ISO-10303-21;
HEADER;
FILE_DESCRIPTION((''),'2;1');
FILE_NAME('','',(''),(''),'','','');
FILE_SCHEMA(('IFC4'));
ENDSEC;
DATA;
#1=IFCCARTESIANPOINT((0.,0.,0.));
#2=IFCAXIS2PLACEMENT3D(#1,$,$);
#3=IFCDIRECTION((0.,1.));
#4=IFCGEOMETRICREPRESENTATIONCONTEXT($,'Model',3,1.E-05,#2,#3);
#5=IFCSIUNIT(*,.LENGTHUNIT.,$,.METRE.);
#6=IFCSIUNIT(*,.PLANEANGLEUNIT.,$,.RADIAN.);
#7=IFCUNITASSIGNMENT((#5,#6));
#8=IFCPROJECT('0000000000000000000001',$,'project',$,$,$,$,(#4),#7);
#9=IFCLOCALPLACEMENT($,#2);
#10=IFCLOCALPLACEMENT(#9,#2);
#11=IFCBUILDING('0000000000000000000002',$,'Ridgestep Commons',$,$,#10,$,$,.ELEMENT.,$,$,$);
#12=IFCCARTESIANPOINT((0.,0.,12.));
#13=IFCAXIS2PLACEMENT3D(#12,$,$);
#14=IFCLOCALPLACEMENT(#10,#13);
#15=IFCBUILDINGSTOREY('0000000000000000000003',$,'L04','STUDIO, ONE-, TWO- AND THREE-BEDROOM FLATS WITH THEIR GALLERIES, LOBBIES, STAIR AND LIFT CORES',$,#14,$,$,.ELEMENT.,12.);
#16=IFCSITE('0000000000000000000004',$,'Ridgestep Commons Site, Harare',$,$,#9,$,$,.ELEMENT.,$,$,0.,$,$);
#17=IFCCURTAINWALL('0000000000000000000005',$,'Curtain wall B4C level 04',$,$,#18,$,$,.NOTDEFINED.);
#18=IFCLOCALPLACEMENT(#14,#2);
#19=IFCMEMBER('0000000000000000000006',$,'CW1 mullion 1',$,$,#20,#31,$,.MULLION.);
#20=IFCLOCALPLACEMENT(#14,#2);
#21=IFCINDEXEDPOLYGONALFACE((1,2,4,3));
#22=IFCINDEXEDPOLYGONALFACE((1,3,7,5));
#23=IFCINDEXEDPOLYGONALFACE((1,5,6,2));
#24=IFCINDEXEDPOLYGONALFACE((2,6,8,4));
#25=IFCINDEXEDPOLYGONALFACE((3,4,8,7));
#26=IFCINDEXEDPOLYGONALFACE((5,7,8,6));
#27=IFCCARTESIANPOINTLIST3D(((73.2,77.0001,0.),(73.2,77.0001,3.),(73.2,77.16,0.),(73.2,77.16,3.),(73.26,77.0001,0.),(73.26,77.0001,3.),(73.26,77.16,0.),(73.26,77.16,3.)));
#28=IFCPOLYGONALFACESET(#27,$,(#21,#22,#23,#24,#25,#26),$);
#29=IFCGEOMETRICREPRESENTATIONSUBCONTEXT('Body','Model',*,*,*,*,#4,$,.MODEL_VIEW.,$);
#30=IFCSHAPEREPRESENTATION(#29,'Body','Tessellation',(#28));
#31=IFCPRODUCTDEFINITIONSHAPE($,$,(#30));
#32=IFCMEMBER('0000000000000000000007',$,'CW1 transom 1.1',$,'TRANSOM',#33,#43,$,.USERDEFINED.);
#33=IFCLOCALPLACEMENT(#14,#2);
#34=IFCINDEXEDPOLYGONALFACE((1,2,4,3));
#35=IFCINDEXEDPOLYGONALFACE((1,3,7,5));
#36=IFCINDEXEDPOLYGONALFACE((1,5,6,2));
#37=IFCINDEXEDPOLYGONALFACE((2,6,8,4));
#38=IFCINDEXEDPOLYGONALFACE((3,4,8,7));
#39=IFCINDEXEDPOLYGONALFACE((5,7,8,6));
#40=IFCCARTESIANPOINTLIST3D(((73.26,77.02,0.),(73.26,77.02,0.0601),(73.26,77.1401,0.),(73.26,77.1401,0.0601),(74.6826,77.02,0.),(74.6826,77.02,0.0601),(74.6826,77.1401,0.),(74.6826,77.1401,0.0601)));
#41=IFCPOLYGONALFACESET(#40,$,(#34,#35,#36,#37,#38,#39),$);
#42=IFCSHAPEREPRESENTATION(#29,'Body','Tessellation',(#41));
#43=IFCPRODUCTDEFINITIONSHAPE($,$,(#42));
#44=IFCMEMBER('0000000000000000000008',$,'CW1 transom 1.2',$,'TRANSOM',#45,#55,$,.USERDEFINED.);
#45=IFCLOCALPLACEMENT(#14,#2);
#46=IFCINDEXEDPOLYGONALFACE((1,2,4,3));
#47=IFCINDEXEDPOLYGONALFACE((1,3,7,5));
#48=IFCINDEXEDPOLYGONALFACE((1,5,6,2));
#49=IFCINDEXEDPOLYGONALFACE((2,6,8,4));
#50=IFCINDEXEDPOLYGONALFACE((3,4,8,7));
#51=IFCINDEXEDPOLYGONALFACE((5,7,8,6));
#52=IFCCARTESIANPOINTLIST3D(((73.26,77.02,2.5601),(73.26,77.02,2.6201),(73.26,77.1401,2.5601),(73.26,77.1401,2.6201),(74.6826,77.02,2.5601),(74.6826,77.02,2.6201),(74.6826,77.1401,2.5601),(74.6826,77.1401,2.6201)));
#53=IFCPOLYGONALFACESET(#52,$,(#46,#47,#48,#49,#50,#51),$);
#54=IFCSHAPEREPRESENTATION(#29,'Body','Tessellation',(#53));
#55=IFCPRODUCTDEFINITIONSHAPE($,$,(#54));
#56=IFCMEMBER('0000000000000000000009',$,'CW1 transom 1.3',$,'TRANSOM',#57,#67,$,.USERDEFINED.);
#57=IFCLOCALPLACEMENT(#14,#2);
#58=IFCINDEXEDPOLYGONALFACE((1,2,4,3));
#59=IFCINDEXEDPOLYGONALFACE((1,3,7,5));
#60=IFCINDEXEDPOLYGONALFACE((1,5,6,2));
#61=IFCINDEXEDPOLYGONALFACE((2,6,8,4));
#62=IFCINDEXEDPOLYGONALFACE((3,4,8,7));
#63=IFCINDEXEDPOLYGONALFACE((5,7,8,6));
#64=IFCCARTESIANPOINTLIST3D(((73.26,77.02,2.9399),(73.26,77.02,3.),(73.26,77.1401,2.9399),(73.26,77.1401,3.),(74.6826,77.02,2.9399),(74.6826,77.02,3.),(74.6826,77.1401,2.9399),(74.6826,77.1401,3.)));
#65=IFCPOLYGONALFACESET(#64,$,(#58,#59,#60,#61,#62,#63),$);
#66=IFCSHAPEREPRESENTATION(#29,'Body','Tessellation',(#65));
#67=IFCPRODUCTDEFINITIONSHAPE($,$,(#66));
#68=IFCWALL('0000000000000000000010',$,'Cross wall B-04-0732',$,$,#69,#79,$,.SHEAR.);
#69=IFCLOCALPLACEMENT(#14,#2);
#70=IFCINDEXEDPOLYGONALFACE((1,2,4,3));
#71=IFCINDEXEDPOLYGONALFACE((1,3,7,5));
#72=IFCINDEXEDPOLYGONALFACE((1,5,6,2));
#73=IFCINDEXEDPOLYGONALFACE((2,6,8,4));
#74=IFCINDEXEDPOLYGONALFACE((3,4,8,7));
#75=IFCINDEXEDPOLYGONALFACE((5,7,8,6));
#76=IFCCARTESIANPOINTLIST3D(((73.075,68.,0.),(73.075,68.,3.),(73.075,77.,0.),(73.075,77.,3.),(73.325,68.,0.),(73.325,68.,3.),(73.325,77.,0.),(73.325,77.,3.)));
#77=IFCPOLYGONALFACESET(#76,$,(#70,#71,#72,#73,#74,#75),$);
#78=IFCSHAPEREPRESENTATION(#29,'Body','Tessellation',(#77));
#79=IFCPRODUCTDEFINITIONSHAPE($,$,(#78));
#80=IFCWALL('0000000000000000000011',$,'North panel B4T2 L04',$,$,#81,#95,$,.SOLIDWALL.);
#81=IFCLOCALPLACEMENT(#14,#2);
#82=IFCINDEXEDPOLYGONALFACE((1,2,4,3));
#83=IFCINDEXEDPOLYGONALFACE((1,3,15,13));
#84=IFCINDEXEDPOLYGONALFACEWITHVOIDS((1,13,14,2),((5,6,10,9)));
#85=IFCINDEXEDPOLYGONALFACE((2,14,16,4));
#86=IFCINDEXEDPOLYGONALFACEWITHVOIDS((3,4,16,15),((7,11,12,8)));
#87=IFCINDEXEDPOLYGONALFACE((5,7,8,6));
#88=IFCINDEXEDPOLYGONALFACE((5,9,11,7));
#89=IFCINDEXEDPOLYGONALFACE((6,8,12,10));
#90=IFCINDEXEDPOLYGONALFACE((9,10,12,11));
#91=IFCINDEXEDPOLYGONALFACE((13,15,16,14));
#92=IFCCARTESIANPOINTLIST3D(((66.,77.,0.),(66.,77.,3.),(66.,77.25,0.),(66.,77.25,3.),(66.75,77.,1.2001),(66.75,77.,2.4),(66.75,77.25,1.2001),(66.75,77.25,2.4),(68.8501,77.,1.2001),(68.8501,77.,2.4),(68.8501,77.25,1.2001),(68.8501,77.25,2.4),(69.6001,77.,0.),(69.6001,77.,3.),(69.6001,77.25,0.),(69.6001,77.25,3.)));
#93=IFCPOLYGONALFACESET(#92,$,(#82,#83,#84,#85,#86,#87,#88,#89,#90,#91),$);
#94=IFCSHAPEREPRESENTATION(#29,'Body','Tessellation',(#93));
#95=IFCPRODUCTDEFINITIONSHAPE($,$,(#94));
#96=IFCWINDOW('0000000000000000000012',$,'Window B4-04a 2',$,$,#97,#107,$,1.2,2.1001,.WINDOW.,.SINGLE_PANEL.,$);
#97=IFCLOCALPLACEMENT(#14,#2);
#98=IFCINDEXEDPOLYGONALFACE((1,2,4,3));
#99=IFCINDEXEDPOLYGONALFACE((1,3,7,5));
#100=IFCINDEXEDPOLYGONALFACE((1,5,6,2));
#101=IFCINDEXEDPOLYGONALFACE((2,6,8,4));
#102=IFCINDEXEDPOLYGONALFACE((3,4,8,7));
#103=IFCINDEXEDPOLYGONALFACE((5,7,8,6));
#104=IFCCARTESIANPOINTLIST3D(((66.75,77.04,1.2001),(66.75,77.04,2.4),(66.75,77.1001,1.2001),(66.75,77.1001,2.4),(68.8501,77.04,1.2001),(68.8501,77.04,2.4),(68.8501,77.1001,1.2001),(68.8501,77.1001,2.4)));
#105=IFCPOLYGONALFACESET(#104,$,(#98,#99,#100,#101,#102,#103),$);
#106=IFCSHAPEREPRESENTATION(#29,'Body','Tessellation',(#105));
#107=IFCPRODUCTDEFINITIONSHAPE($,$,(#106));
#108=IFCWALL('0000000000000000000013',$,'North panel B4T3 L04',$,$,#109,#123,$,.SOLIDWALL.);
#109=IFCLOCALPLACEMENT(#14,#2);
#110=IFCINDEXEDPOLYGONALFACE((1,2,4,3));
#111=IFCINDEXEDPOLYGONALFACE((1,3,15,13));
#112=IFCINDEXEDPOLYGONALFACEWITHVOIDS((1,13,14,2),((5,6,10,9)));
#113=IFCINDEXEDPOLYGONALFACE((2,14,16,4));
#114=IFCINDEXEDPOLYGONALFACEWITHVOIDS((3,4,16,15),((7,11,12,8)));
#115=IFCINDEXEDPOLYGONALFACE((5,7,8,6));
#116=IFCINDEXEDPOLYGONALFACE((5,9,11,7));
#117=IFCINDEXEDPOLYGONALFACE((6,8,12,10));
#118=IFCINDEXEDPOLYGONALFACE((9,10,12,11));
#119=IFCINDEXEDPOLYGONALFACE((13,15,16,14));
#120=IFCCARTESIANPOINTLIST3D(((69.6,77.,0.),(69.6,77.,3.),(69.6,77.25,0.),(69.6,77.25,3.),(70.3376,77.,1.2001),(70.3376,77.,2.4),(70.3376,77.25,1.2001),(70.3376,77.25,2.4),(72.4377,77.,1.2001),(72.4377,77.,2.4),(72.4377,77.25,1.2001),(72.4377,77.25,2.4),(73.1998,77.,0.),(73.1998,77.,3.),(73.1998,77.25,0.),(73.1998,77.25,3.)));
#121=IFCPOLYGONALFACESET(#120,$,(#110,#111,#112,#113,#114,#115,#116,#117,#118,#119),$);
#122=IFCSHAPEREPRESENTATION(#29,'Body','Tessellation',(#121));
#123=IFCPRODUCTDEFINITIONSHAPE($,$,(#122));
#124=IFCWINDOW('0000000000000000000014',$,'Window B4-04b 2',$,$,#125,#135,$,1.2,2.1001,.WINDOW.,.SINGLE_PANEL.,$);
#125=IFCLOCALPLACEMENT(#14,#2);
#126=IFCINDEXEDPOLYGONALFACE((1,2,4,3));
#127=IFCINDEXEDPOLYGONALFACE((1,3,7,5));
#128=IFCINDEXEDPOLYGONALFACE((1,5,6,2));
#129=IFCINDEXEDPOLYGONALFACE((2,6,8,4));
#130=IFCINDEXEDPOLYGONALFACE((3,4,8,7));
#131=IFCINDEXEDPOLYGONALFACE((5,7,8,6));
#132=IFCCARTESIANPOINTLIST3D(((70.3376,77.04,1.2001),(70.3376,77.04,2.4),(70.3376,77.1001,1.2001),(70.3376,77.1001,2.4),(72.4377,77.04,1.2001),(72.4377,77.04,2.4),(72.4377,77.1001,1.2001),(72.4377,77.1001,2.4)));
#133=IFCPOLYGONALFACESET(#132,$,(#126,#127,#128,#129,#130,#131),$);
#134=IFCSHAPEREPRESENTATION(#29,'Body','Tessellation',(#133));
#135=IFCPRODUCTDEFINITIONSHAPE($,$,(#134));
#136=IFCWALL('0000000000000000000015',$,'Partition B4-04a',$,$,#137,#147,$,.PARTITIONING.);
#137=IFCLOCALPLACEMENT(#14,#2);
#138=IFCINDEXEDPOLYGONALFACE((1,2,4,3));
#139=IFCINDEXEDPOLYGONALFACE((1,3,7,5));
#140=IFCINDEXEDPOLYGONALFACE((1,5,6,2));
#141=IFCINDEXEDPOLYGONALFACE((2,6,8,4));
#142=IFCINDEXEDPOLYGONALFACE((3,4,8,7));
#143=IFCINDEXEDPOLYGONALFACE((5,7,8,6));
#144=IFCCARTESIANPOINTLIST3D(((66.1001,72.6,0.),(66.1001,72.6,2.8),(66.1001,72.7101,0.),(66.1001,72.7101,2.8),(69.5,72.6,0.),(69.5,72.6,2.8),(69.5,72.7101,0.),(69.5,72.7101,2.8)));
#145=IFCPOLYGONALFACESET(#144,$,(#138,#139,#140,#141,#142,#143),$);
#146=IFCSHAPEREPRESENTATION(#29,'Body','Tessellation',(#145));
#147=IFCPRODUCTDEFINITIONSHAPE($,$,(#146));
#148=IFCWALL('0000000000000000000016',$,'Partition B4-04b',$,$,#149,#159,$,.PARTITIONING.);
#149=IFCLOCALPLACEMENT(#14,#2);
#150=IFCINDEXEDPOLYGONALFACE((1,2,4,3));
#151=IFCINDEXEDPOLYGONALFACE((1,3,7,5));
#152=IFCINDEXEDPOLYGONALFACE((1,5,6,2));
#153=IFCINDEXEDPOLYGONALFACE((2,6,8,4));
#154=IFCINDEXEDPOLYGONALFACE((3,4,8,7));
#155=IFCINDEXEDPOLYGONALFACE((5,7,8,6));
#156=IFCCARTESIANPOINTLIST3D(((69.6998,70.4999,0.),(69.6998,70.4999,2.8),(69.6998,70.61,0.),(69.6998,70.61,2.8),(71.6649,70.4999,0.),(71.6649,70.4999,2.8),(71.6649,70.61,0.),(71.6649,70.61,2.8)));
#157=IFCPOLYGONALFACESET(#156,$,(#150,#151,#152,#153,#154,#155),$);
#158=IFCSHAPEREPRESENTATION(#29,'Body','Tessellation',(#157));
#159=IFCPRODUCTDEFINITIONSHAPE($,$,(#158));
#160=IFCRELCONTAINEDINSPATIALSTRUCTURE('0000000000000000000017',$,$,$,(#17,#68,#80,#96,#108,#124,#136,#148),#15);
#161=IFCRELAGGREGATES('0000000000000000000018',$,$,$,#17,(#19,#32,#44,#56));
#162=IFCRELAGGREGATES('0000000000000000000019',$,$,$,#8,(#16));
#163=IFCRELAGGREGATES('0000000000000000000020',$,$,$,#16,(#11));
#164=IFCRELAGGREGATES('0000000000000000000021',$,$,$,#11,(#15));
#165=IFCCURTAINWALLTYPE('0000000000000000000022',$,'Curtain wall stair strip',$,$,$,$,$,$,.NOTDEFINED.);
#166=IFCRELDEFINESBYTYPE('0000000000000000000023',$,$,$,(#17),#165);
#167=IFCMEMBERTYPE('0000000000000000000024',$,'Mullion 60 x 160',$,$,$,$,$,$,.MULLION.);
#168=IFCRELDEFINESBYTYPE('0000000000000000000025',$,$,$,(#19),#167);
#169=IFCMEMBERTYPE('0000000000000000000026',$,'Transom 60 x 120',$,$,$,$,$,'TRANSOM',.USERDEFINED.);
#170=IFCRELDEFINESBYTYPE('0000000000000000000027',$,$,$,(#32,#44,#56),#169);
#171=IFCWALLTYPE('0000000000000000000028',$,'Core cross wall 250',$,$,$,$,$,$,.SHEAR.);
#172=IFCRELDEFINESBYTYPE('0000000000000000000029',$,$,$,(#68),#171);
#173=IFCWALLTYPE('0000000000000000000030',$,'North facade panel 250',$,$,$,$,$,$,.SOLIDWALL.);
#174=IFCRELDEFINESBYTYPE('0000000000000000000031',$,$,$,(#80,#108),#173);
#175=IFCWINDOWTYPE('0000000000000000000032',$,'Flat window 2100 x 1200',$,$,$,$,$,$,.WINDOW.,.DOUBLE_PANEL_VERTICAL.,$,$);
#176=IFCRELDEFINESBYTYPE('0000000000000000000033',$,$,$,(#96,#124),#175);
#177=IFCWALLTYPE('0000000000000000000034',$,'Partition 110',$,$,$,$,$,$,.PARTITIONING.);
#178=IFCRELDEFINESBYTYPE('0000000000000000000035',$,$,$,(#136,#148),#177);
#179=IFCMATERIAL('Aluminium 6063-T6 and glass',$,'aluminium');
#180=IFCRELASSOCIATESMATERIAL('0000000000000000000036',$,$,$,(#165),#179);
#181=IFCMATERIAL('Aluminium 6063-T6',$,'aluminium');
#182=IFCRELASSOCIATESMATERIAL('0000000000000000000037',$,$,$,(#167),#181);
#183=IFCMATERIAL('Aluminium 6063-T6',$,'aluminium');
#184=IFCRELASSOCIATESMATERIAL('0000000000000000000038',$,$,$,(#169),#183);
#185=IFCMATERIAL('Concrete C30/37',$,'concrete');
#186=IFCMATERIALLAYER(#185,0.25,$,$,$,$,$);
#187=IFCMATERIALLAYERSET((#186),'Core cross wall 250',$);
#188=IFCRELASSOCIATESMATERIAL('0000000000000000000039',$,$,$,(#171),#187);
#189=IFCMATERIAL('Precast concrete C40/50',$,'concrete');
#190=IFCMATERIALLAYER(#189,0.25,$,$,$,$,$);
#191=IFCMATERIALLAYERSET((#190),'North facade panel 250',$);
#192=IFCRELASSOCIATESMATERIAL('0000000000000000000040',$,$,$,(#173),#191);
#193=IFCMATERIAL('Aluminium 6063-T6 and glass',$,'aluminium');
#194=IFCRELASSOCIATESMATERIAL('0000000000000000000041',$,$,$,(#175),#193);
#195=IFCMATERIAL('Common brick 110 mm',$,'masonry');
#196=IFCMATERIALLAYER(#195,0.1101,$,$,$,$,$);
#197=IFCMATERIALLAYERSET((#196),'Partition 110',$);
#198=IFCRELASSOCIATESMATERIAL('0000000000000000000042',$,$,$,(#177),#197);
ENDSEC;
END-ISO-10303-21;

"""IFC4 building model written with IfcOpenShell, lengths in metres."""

from ifc_helpers import new_model, si_unit, direction, frame, frame_2d, origin, origin_2d, place, context, subcontext, project, spatial, rectangle, extrude, material, layer, layer_set, material_profile, profile_set, type_object, element, fill, aggregate, save


model = new_model("IFC4")

# Units and contexts
model_context = context("Model", 3, precision=1e-05, world=origin(), true_north=direction((0.0, 1.0)))
body_context = subcontext(model_context, "Body", "Model", "MODEL_VIEW")
ifc_project = project(units=[si_unit("LENGTHUNIT", "METRE"), si_unit("PLANEANGLEUNIT", "RADIAN")], contexts=[model_context])

# Site, building, storey
site_placement = place(None, origin())
site = spatial("IfcSite", under=ifc_project, at=site_placement, Name="Ridgestep Commons Site, Harare", CompositionType="ELEMENT", RefElevation=0.0)
building_placement = place(site_placement, origin())
building = spatial("IfcBuilding", under=site, at=building_placement, Name="Ridgestep Commons", CompositionType="ELEMENT")
storey_placement = place(building_placement, frame((0.0, 0.0, 12.0)))
storey = spatial("IfcBuildingStorey", under=building, at=storey_placement, Name="L04", Description="STUDIO, ONE-, TWO- AND THREE-BEDROOM FLATS WITH THEIR GALLERIES, LOBBIES, STAIR AND LIFT CORES", CompositionType="ELEMENT", Elevation=12.0)

# Curtain wall, members
ifc_material_1 = material(Name="Aluminium 6063-T6 and glass", Category="aluminium")
curtain_wall_type = type_object("IfcCurtainWallType", Name="Curtain wall stair strip", PredefinedType="NOTDEFINED", material=ifc_material_1)
curtain_wall_placement = place(storey_placement, origin())
curtain_wall = element("IfcCurtainWall", 1, at=curtain_wall_placement, inside=storey, type_object=curtain_wall_type, Name="Curtain wall B4C level 04", PredefinedType="NOTDEFINED")
ifc_material_2 = material(Name="Aluminium 6063-T6", Category="aluminium")
ifc_material_profile_1 = material_profile(ifc_material_2, rectangle(XDim=0.1599, YDim=0.0601, at=origin_2d()), Name="Mullion 60 x 160")
ifc_profile_set_1 = profile_set([ifc_material_profile_1], Name="Aluminium 6063-T6")
member_type_1 = type_object("IfcMemberType", Name="Mullion 60 x 160", PredefinedType="MULLION", material=ifc_profile_set_1)
member_1_placement = place(storey_placement, frame((73.23, 77.0801, 0.0), z_axis=(0.0, 0.0, 1.0), x_axis=(0.0, 1.0, 0.0)))
member_1 = element("IfcMember", 2, at=member_1_placement, type_object=member_type_1, Name="CW1 mullion 1", PredefinedType="MULLION", context=body_context, shape_type="SweptSolid", body=[
    extrude(rectangle(XDim=0.1599, YDim=0.0601, at=origin_2d()), origin(), (0.0, 0.0, 1.0), 3.0),
])
ifc_material_3 = material(Name="Aluminium 6063-T6", Category="aluminium")
ifc_material_profile_2 = material_profile(ifc_material_3, rectangle(XDim=0.1201, YDim=0.0601, at=origin_2d()), Name="Transom 60 x 120")
ifc_profile_set_2 = profile_set([ifc_material_profile_2], Name="Aluminium 6063-T6")
member_type_2 = type_object("IfcMemberType", Name="Transom 60 x 120", ElementType="TRANSOM", PredefinedType="USERDEFINED", material=ifc_profile_set_2)
member_2_placement = place(storey_placement, frame((73.26, 77.0801, 0.03), z_axis=(1.0, 0.0, 0.0), x_axis=(0.0, 1.0, 0.0)))
member_2 = element("IfcMember", 3, at=member_2_placement, type_object=member_type_2, Name="CW1 transom 1.1", ObjectType="TRANSOM", PredefinedType="USERDEFINED", context=body_context, shape_type="SweptSolid", body=[
    extrude(rectangle(XDim=0.1201, YDim=0.0601, at=origin_2d()), origin(), (0.0, 0.0, 1.0), 1.4226),
])
member_3_placement = place(storey_placement, frame((73.26, 77.0801, 2.5901), z_axis=(1.0, 0.0, 0.0), x_axis=(0.0, 1.0, 0.0)))
member_3 = element("IfcMember", 4, at=member_3_placement, type_object=member_type_2, Name="CW1 transom 1.2", ObjectType="TRANSOM", PredefinedType="USERDEFINED", context=body_context, shape_type="SweptSolid", body=[
    extrude(rectangle(XDim=0.1201, YDim=0.0601, at=origin_2d()), origin(), (0.0, 0.0, 1.0), 1.4226),
])
member_4_placement = place(storey_placement, frame((73.26, 77.0801, 2.97), z_axis=(1.0, 0.0, 0.0), x_axis=(0.0, 1.0, 0.0)))
member_4 = element("IfcMember", 5, at=member_4_placement, type_object=member_type_2, Name="CW1 transom 1.3", ObjectType="TRANSOM", PredefinedType="USERDEFINED", context=body_context, shape_type="SweptSolid", body=[
    extrude(rectangle(XDim=0.1201, YDim=0.0601, at=origin_2d()), origin(), (0.0, 0.0, 1.0), 1.4226),
])
aggregate(curtain_wall, [member_1, member_2, member_3, member_4])

# Wall
ifc_material_4 = material(Name="Concrete C30/37", Category="concrete")
ifc_layer_1 = layer(ifc_material_4, 0.25)
ifc_layer_set_1 = layer_set([ifc_layer_1], Name="Core cross wall 250")
wall_type_1 = type_object("IfcWallType", Name="Core cross wall 250", PredefinedType="SHEAR", material=ifc_layer_set_1)
wall_1_placement = place(storey_placement, frame((73.2, 68.0, 0.0), z_axis=(0.0, 0.0, 1.0), x_axis=(0.0, 1.0, 0.0)))
element("IfcWall", 6, at=wall_1_placement, inside=storey, type_object=wall_type_1, Name="Cross wall B-04-0732", PredefinedType="SHEAR", context=body_context, shape_type="SweptSolid", body=[
    extrude(rectangle(XDim=9.0, YDim=0.25, at=frame_2d((4.5, 0.0))), origin(), (0.0, 0.0, 1.0), 3.0),
])

# Walls, openings, windows
ifc_material_5 = material(Name="Precast concrete C40/50", Category="concrete")
ifc_layer_2 = layer(ifc_material_5, 0.25)
ifc_layer_set_2 = layer_set([ifc_layer_2], Name="North facade panel 250")
wall_type_2 = type_object("IfcWallType", Name="North facade panel 250", PredefinedType="SOLIDWALL", material=ifc_layer_set_2)
wall_2_placement = place(storey_placement, frame((66.0, 77.125, 0.0), z_axis=(0.0, 0.0, 1.0), x_axis=(1.0, 0.0, 0.0)))
wall_2 = element("IfcWall", 7, at=wall_2_placement, inside=storey, type_object=wall_type_2, Name="North panel B4T2 L04", PredefinedType="SOLIDWALL", context=body_context, shape_type="SweptSolid", body=[
    extrude(rectangle(XDim=3.6001, YDim=0.25, at=frame_2d((1.8, 0.0))), origin(), (0.0, 0.0, 1.0), 3.0),
])
opening_1_placement = place(wall_2_placement, frame((0.75, 0.0, 1.2)))
opening_1 = element("IfcOpeningElement", 8, at=opening_1_placement, cuts=wall_2, PredefinedType="OPENING", context=body_context, shape_type="SweptSolid", body=[
    extrude(rectangle(XDim=2.1001, YDim=1.2, at=frame_2d((1.05, 0.6001))), frame((0.0, 0.135, 0.0), z_axis=(0.0, -1.0, 0.0), x_axis=(1.0, 0.0, 0.0)), (0.0, 0.0, 1.0), 0.27),
])
ifc_material_6 = material(Name="Aluminium 6063-T6 and glass", Category="aluminium")
window_type = type_object("IfcWindowType", Name="Flat window 2100 x 1200", PartitioningType="DOUBLE_PANEL_VERTICAL", PredefinedType="WINDOW", material=ifc_material_6)
window_1_placement = place(opening_1_placement, origin())
window_1 = element("IfcWindow", 9, at=window_1_placement, inside=storey, type_object=window_type, Name="Window B4-04a 2", OverallHeight=1.2, OverallWidth=2.1001, PartitioningType="SINGLE_PANEL", PredefinedType="WINDOW", context=body_context, shape_type="SweptSolid", body=[
    extrude(rectangle(XDim=2.1001, YDim=1.2, at=frame_2d((1.05, 0.6001))), frame((0.0, -0.0249, 0.0), z_axis=(0.0, -1.0, 0.0), x_axis=(1.0, 0.0, 0.0)), (0.0, 0.0, 1.0), 0.0601),
])
fill(opening_1, window_1)
wall_3_placement = place(storey_placement, frame((69.6001, 77.125, 0.0), z_axis=(0.0, 0.0, 1.0), x_axis=(1.0, 0.0, 0.0)))
wall_3 = element("IfcWall", 10, at=wall_3_placement, inside=storey, type_object=wall_type_2, Name="North panel B4T3 L04", PredefinedType="SOLIDWALL", context=body_context, shape_type="SweptSolid", body=[
    extrude(rectangle(XDim=3.5999, YDim=0.25, at=frame_2d((1.7998, 0.0))), origin(), (0.0, 0.0, 1.0), 3.0),
])
opening_2_placement = place(wall_3_placement, frame((0.7375, 0.0, 1.2)))
opening_2 = element("IfcOpeningElement", 11, at=opening_2_placement, cuts=wall_3, PredefinedType="OPENING", context=body_context, shape_type="SweptSolid", body=[
    extrude(rectangle(XDim=2.1001, YDim=1.2, at=frame_2d((1.05, 0.6001))), frame((0.0, 0.135, 0.0), z_axis=(0.0, -1.0, 0.0), x_axis=(1.0, 0.0, 0.0)), (0.0, 0.0, 1.0), 0.27),
])
window_2_placement = place(opening_2_placement, origin())
window_2 = element("IfcWindow", 12, at=window_2_placement, inside=storey, type_object=window_type, Name="Window B4-04b 2", OverallHeight=1.2, OverallWidth=2.1001, PartitioningType="SINGLE_PANEL", PredefinedType="WINDOW", context=body_context, shape_type="SweptSolid", body=[
    extrude(rectangle(XDim=2.1001, YDim=1.2, at=frame_2d((1.05, 0.6001))), frame((0.0, -0.0249, 0.0), z_axis=(0.0, -1.0, 0.0), x_axis=(1.0, 0.0, 0.0)), (0.0, 0.0, 1.0), 0.0601),
])
fill(opening_2, window_2)

# Walls
ifc_material_7 = material(Name="Common brick 110 mm", Category="masonry")
ifc_layer_3 = layer(ifc_material_7, 0.1101)
ifc_layer_set_3 = layer_set([ifc_layer_3], Name="Partition 110")
wall_type_3 = type_object("IfcWallType", Name="Partition 110", PredefinedType="PARTITIONING", material=ifc_layer_set_3)
wall_4_placement = place(storey_placement, frame((66.1001, 72.655, 0.0), z_axis=(0.0, 0.0, 1.0), x_axis=(1.0, 0.0, 0.0)))
element("IfcWall", 13, at=wall_4_placement, inside=storey, type_object=wall_type_3, Name="Partition B4-04a", PredefinedType="PARTITIONING", context=body_context, shape_type="SweptSolid", body=[
    extrude(rectangle(XDim=3.3999, YDim=0.1101, at=frame_2d((1.7, 0.0))), origin(), (0.0, 0.0, 1.0), 2.8),
])
wall_5_placement = place(storey_placement, frame((69.7, 70.5549, 0.0), z_axis=(0.0, 0.0, 1.0), x_axis=(1.0, 0.0, 0.0)))
element("IfcWall", 14, at=wall_5_placement, inside=storey, type_object=wall_type_3, Name="Partition B4-04b", PredefinedType="PARTITIONING", context=body_context, shape_type="SweptSolid", body=[
    extrude(rectangle(XDim=1.9651, YDim=0.1101, at=frame_2d((0.9824, 0.0))), origin(), (0.0, 0.0, 1.0), 2.8),
])

save(model, "model.ifc")
